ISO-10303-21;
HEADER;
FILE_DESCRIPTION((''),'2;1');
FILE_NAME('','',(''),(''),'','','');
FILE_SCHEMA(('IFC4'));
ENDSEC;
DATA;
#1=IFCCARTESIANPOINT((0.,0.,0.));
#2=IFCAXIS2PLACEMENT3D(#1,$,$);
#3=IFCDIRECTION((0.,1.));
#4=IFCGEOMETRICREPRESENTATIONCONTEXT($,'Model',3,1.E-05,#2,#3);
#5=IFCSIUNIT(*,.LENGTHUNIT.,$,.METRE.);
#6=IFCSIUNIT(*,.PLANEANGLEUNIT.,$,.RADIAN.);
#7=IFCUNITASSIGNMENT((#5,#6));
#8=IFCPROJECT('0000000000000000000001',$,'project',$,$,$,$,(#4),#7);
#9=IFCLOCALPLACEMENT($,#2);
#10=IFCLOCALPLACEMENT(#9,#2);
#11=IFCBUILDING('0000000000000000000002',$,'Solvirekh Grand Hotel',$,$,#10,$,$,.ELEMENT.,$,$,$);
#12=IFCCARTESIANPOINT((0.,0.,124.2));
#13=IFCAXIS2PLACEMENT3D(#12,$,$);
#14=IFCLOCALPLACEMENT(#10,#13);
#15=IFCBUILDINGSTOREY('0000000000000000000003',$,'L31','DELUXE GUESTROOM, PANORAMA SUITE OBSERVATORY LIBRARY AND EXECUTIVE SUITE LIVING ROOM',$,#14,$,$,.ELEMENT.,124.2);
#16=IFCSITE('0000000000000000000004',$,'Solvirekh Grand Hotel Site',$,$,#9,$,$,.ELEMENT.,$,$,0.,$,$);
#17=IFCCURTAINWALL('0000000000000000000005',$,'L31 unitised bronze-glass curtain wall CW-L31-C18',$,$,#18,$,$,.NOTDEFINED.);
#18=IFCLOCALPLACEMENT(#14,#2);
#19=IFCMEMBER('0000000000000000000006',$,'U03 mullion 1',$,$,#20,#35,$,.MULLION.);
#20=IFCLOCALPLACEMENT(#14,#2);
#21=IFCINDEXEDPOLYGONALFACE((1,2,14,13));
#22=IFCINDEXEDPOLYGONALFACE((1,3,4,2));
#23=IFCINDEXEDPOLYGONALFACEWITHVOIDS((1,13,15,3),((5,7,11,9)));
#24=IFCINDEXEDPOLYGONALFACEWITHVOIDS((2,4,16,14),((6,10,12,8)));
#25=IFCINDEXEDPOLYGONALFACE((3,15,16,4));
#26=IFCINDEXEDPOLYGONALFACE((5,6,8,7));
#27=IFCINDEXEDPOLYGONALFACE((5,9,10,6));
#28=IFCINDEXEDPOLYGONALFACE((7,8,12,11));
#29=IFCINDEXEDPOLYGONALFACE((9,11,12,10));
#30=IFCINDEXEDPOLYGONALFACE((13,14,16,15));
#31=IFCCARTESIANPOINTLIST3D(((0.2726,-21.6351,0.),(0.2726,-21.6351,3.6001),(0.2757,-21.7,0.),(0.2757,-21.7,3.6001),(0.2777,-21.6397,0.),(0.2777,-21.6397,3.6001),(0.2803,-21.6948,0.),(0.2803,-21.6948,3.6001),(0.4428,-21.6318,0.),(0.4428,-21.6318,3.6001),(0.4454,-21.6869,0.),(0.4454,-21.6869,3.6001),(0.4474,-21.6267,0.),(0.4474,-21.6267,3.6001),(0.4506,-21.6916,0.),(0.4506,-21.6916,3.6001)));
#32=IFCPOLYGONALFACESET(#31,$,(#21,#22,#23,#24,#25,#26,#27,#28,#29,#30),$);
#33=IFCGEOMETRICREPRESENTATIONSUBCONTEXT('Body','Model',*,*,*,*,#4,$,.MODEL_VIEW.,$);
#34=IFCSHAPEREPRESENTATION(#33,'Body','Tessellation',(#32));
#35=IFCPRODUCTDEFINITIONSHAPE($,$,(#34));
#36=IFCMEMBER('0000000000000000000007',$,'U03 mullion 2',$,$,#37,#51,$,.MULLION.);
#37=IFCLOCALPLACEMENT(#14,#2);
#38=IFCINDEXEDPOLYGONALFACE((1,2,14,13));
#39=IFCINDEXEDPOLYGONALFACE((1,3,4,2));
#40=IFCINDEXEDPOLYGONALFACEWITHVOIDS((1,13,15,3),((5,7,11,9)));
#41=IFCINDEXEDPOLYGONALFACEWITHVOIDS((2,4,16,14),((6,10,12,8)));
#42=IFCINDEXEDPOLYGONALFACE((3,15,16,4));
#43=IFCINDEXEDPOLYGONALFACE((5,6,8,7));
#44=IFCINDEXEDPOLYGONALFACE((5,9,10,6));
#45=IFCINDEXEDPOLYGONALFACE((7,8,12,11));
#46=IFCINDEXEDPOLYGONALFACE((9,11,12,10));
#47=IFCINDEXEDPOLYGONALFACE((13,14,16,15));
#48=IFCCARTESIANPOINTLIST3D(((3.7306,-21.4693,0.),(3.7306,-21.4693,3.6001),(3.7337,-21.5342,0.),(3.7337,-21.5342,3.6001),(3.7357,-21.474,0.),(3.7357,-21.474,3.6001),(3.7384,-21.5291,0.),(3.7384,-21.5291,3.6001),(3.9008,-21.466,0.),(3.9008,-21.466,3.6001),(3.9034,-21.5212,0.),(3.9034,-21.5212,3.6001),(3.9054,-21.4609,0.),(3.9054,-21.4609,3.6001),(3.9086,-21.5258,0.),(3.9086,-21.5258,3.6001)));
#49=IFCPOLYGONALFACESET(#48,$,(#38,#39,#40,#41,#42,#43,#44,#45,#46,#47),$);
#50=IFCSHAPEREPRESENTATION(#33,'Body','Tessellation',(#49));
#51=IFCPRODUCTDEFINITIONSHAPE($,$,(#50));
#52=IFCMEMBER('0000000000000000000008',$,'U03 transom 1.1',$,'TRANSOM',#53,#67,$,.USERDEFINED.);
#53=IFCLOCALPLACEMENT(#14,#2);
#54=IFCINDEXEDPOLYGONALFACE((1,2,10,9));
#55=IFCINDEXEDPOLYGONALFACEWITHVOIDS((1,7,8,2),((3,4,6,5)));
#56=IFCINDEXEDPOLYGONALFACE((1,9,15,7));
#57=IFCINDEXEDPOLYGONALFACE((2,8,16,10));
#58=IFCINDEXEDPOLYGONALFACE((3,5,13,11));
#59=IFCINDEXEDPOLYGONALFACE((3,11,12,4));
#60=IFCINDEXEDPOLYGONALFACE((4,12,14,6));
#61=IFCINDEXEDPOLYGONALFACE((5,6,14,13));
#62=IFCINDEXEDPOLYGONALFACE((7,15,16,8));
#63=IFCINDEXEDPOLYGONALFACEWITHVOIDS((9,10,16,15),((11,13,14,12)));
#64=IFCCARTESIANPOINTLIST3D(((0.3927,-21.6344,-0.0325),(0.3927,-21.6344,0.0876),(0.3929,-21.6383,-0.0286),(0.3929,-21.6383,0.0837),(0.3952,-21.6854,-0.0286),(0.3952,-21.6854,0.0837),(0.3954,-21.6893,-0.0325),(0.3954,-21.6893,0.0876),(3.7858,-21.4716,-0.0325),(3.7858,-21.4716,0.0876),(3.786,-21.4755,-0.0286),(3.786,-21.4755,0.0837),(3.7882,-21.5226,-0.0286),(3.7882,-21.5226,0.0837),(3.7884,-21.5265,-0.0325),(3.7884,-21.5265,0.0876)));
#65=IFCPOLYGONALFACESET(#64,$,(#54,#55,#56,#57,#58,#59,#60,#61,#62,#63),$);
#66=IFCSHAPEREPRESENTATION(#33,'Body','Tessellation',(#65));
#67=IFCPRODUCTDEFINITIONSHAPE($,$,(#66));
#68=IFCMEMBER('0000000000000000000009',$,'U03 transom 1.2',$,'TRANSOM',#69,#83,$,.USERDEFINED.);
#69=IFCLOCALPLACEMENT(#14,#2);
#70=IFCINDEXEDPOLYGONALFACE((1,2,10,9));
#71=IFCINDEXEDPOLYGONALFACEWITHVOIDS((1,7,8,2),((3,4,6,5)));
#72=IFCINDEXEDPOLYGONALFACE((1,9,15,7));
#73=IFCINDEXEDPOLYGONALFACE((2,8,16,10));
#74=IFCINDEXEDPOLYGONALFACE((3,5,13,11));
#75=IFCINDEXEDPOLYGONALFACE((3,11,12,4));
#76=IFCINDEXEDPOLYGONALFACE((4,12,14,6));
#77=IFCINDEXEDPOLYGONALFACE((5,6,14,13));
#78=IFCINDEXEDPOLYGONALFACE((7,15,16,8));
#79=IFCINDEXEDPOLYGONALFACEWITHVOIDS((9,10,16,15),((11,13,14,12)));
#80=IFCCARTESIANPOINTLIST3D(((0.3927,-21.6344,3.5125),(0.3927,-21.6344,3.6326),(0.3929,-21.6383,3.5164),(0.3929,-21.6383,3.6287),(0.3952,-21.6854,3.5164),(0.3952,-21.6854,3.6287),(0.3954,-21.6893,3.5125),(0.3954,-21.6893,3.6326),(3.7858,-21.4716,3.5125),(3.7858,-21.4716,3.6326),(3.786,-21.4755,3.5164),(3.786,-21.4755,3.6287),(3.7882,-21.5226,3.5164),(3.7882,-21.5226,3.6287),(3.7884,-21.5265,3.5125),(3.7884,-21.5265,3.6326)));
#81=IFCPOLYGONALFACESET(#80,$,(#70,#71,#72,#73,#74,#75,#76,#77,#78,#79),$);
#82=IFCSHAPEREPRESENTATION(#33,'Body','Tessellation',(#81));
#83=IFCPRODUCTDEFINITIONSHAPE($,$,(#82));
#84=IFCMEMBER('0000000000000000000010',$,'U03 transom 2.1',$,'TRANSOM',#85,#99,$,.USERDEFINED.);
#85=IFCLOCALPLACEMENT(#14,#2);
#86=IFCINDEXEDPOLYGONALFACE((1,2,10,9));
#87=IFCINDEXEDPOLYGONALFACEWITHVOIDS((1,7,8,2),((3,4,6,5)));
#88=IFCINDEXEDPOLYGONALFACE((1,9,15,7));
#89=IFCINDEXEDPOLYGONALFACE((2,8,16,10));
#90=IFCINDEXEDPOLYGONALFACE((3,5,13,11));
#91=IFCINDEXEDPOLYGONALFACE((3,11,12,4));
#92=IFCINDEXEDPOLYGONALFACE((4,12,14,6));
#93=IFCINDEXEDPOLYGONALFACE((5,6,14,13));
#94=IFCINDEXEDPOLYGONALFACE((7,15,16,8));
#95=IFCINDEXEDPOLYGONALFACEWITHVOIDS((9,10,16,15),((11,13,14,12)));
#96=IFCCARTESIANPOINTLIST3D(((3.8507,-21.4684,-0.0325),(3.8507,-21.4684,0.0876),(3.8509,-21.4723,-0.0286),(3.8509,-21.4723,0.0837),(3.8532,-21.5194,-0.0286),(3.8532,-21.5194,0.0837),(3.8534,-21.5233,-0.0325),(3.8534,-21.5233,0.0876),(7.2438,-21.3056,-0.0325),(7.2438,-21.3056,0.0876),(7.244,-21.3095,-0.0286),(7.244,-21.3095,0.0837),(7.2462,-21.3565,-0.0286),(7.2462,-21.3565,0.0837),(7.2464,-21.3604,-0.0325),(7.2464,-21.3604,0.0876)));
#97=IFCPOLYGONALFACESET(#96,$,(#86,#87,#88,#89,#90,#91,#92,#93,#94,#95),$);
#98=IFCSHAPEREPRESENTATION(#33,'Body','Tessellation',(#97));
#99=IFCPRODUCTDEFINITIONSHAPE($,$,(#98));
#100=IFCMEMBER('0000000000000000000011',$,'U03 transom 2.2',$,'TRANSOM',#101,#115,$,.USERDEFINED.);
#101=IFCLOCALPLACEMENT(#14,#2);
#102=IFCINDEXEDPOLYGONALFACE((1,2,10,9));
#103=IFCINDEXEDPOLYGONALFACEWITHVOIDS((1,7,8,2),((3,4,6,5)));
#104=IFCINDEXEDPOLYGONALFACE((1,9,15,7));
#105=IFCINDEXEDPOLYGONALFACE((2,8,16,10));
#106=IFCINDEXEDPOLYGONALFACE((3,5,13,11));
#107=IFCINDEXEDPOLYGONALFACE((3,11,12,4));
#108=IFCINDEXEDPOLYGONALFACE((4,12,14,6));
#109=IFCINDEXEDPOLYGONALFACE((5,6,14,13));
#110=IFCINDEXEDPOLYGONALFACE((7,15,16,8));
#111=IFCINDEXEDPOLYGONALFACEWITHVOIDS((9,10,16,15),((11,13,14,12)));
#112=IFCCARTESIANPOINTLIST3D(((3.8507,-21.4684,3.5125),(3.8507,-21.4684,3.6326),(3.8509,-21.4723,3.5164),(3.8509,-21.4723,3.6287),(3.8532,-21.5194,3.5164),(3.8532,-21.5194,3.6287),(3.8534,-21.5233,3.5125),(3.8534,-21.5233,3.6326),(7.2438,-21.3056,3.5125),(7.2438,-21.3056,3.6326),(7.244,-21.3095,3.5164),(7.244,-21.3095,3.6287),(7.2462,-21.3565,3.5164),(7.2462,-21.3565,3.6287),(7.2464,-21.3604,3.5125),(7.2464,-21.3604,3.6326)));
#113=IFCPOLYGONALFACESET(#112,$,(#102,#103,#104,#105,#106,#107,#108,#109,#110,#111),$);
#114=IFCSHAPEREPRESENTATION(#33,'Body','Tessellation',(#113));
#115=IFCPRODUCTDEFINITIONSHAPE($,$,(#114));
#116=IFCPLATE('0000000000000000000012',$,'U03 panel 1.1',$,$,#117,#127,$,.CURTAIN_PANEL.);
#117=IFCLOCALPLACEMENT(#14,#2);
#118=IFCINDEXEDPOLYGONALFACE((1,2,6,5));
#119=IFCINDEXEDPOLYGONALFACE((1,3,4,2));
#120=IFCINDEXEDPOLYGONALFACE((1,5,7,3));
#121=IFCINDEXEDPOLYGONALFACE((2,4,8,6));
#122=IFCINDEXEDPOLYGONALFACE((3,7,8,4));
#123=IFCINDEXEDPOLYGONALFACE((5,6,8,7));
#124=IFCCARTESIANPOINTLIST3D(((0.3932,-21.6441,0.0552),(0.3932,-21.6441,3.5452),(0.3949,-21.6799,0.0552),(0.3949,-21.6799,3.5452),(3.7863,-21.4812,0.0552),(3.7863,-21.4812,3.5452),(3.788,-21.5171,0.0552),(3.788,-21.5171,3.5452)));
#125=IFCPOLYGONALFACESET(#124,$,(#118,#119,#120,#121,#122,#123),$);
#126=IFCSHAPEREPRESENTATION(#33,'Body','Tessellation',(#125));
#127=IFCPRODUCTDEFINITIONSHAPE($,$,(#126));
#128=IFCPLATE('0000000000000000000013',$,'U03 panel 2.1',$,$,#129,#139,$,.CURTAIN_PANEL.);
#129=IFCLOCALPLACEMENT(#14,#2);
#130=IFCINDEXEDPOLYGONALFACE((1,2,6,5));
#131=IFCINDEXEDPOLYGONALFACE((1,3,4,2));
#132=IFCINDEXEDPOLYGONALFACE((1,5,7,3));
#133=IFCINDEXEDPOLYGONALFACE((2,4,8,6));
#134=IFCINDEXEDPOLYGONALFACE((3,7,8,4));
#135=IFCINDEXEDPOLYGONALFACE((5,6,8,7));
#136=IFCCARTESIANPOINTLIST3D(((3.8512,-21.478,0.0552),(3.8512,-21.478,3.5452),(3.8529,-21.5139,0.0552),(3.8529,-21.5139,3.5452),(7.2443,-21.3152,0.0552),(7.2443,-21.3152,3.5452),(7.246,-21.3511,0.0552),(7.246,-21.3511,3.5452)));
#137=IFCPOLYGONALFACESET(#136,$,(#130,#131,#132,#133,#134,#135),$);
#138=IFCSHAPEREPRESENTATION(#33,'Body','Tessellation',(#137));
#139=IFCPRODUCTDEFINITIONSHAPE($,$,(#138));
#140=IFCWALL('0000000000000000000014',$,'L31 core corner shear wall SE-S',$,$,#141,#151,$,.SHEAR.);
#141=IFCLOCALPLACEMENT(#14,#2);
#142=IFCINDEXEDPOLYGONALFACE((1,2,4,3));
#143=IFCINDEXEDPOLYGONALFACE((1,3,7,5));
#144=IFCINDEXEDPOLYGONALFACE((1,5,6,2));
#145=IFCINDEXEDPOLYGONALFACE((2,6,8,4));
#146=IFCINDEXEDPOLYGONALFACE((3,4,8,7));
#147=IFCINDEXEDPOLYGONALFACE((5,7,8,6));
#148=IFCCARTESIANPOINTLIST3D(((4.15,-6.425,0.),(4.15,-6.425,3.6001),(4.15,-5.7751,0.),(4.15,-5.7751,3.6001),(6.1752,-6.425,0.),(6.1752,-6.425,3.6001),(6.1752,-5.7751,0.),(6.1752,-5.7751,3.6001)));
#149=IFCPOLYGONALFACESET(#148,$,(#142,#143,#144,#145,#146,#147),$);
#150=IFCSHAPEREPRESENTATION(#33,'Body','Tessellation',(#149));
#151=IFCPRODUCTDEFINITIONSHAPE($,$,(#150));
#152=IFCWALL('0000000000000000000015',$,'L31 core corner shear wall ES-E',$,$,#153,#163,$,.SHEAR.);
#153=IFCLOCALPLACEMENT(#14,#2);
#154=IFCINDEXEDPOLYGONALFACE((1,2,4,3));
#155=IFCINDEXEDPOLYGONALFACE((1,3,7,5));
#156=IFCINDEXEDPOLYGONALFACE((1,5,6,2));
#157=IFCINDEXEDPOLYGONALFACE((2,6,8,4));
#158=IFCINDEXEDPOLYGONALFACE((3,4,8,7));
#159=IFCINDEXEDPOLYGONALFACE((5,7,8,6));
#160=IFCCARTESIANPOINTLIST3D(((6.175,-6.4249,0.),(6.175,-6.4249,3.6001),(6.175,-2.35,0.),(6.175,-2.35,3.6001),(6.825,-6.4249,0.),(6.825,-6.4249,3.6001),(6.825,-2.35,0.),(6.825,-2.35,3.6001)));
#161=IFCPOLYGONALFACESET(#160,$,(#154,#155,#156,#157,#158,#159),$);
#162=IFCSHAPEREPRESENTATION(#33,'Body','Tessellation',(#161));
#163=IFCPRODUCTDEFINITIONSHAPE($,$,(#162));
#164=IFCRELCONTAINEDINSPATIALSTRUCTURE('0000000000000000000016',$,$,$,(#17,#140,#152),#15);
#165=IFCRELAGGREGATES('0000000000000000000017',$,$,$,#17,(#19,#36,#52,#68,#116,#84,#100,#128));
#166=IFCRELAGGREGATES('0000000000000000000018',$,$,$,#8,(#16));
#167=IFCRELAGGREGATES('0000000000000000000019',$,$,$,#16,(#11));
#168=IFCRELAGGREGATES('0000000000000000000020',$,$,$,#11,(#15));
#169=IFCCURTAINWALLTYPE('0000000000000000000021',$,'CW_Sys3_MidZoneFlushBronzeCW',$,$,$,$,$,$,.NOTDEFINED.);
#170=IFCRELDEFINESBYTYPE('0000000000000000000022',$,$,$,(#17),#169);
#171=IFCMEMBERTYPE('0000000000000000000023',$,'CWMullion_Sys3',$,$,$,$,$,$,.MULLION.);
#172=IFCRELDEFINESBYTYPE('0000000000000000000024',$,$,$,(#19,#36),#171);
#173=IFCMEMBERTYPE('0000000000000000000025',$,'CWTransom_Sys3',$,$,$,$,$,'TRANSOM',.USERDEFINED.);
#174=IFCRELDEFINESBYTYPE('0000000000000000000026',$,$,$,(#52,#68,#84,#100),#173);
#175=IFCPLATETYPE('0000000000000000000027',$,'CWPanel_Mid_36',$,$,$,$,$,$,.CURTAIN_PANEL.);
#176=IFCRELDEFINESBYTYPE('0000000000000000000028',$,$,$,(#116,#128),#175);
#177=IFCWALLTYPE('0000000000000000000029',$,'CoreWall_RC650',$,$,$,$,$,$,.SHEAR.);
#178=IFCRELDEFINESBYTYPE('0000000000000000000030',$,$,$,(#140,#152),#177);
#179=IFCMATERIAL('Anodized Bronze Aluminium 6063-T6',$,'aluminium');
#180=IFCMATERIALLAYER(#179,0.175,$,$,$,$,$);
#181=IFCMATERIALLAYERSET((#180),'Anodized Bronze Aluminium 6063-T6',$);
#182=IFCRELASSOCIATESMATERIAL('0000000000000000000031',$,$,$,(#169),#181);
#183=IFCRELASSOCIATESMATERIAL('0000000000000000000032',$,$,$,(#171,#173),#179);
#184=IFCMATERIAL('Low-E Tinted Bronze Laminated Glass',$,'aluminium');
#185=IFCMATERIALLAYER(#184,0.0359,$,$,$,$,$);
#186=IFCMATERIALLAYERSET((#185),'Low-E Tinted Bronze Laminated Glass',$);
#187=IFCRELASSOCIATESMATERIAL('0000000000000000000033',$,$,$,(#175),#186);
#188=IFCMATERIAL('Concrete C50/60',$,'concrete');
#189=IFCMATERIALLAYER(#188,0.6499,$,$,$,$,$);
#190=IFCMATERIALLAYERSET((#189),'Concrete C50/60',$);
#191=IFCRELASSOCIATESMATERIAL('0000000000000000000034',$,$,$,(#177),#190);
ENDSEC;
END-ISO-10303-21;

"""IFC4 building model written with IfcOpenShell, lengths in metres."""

from ifc_helpers import new_model, si_unit, direction, frame, frame_2d, origin, origin_2d, place, context, subcontext, project, spatial, rectangle, hollow_rectangle, extrude, source, transform, mapped, material, layer, layer_set, material_profile, profile_set, type_object, element, aggregate, save


model = new_model("IFC4")

# Units and contexts
model_context = context("Model", 3, precision=1e-05, world=origin(), true_north=direction((0.0, 1.0)))
body_context = subcontext(model_context, "Body", "Model", "MODEL_VIEW")
ifc_project = project(units=[si_unit("LENGTHUNIT", "METRE"), si_unit("PLANEANGLEUNIT", "RADIAN")], contexts=[model_context])

# Site, building, storey
site_placement = place(None, origin())
site = spatial("IfcSite", under=ifc_project, at=site_placement, Name="Solvirekh Grand Hotel Site", CompositionType="ELEMENT", RefElevation=0.0)
building_placement = place(site_placement, origin())
building = spatial("IfcBuilding", under=site, at=building_placement, Name="Solvirekh Grand Hotel", CompositionType="ELEMENT")
storey_placement = place(building_placement, frame((0.0, 0.0, 124.2)))
storey = spatial("IfcBuildingStorey", under=building, at=storey_placement, Name="L31", Description="DELUXE GUESTROOM, PANORAMA SUITE OBSERVATORY LIBRARY AND EXECUTIVE SUITE LIVING ROOM", CompositionType="ELEMENT", Elevation=124.2)

# Curtain wall, members, plates
ifc_material_1 = material(Name="Anodized Bronze Aluminium 6063-T6", Category="aluminium")
ifc_layer_1 = layer(ifc_material_1, 0.175)
ifc_layer_set_1 = layer_set([ifc_layer_1], Name="Anodized Bronze Aluminium 6063-T6")
curtain_wall_type = type_object("IfcCurtainWallType", Name="CW_Sys3_MidZoneFlushBronzeCW", PredefinedType="NOTDEFINED", material=ifc_layer_set_1)
curtain_wall_placement = place(storey_placement, origin())
curtain_wall = element("IfcCurtainWall", 1, at=curtain_wall_placement, inside=storey, type_object=curtain_wall_type, Name="L31 unitised bronze-glass curtain wall CW-L31-C18", PredefinedType="NOTDEFINED")
ifc_material_profile_1 = material_profile(ifc_material_1, hollow_rectangle(XDim=0.0649, YDim=0.175, WallThickness=0.0049, at=origin_2d()), Name="ALU RHS 175X65X5")
ifc_profile_set_1 = profile_set([ifc_material_profile_1], Name="Anodized Bronze Aluminium 6063-T6")
member_type_1 = type_object("IfcMemberType", Name="CWMullion_Sys3", PredefinedType="MULLION", material=ifc_profile_set_1)
shared_shape_1 = source(origin(), body_context, "Body", "SweptSolid", [
    extrude(hollow_rectangle(XDim=0.0649, YDim=0.175, WallThickness=0.0049, at=origin_2d()), origin(), (0.0, 0.0, 1.0), 3.6001),
])
member_1_placement = place(storey_placement, frame((0.3616, -21.6633, 0.0), z_axis=(0.0, 0.0, 1.0), x_axis=(-0.047932, 0.998851, 0.0)))
member_1 = element("IfcMember", 2, at=member_1_placement, type_object=member_type_1, Name="U03 mullion 1", PredefinedType="MULLION", context=body_context, shape_type="MappedRepresentation", body=[
    mapped(shared_shape_1, transform((0.0, 0.0, 0.0), x_axis=(1.0, 0.0, 0.0), y_axis=(0.0, 1.0, 0.0), z_axis=(0.0, 0.0, 1.0), scale=1.0)),
])
member_2_placement = place(storey_placement, frame((3.8196, -21.4976, 0.0), z_axis=(0.0, 0.0, 1.0), x_axis=(-0.047932, 0.998851, 0.0)))
member_2 = element("IfcMember", 3, at=member_2_placement, type_object=member_type_1, Name="U03 mullion 2", PredefinedType="MULLION", context=body_context, shape_type="MappedRepresentation", body=[
    mapped(shared_shape_1, transform((0.0, 0.0, 0.0), x_axis=(1.0, 0.0, 0.0), y_axis=(0.0, 1.0, 0.0), z_axis=(0.0, 0.0, 1.0), scale=1.0)),
])
ifc_material_profile_2 = material_profile(ifc_material_1, hollow_rectangle(XDim=0.0549, YDim=0.1201, WallThickness=0.0039, at=origin_2d()), Name="ALU RHS 120X55X4")
ifc_profile_set_2 = profile_set([ifc_material_profile_2], Name="Anodized Bronze Aluminium 6063-T6")
member_type_2 = type_object("IfcMemberType", Name="CWTransom_Sys3", ElementType="TRANSOM", PredefinedType="USERDEFINED", material=ifc_profile_set_2)
shared_shape_2 = source(origin(), body_context, "Body", "SweptSolid", [
    extrude(hollow_rectangle(XDim=0.0549, YDim=0.1201, WallThickness=0.0039, at=origin_2d()), origin(), (0.0, 0.0, 1.0), 3.397),
])
member_3_placement = place(storey_placement, frame((0.394, -21.6619, 0.0276), z_axis=(0.99885, 0.047937, 0.0), x_axis=(-0.047937, 0.99885, 0.0)))
member_3 = element("IfcMember", 4, at=member_3_placement, type_object=member_type_2, Name="U03 transom 1.1", ObjectType="TRANSOM", PredefinedType="USERDEFINED", context=body_context, shape_type="MappedRepresentation", body=[
    mapped(shared_shape_2, transform((0.0, 0.0, 0.0), x_axis=(1.0, 0.0, 0.0), y_axis=(0.0, 1.0, 0.0), z_axis=(0.0, 0.0, 1.0), scale=1.0)),
])
member_4_placement = place(storey_placement, frame((0.394, -21.6619, 3.5725), z_axis=(0.99885, 0.047937, 0.0), x_axis=(-0.047937, 0.99885, 0.0)))
member_4 = element("IfcMember", 5, at=member_4_placement, type_object=member_type_2, Name="U03 transom 1.2", ObjectType="TRANSOM", PredefinedType="USERDEFINED", context=body_context, shape_type="MappedRepresentation", body=[
    mapped(shared_shape_2, transform((0.0, 0.0, 0.0), x_axis=(1.0, 0.0, 0.0), y_axis=(0.0, 1.0, 0.0), z_axis=(0.0, 0.0, 1.0), scale=1.0)),
])
member_5_placement = place(storey_placement, frame((3.8521, -21.4958, 0.0276), z_axis=(0.99885, 0.047937, 0.0), x_axis=(-0.047937, 0.99885, 0.0)))
member_5 = element("IfcMember", 6, at=member_5_placement, type_object=member_type_2, Name="U03 transom 2.1", ObjectType="TRANSOM", PredefinedType="USERDEFINED", context=body_context, shape_type="MappedRepresentation", body=[
    mapped(shared_shape_2, transform((0.0, 0.0, 0.0), x_axis=(1.0, 0.0, 0.0), y_axis=(0.0, 1.0, 0.0), z_axis=(0.0, 0.0, 1.0), scale=1.0)),
])
member_6_placement = place(storey_placement, frame((3.8521, -21.4958, 3.5725), z_axis=(0.99885, 0.047937, 0.0), x_axis=(-0.047937, 0.99885, 0.0)))
member_6 = element("IfcMember", 7, at=member_6_placement, type_object=member_type_2, Name="U03 transom 2.2", ObjectType="TRANSOM", PredefinedType="USERDEFINED", context=body_context, shape_type="MappedRepresentation", body=[
    mapped(shared_shape_2, transform((0.0, 0.0, 0.0), x_axis=(1.0, 0.0, 0.0), y_axis=(0.0, 1.0, 0.0), z_axis=(0.0, 0.0, 1.0), scale=1.0)),
])
ifc_material_2 = material(Name="Low-E Tinted Bronze Laminated Glass", Category="aluminium")
ifc_layer_2 = layer(ifc_material_2, 0.0359)
ifc_layer_set_2 = layer_set([ifc_layer_2], Name="Low-E Tinted Bronze Laminated Glass")
plate_type = type_object("IfcPlateType", Name="CWPanel_Mid_36", PredefinedType="CURTAIN_PANEL", material=ifc_layer_set_2)
shared_shape_3 = source(origin(), body_context, "Body", "SweptSolid", [
    extrude(rectangle(XDim=3.397, YDim=0.0359, at=origin_2d()), origin(), (0.0, 0.0, 1.0), 3.49),
])
plate_1_placement = place(storey_placement, frame((2.0906, -21.5806, 0.0552), z_axis=(0.0, 0.0, 1.0), x_axis=(0.998851, 0.047932, 0.0)))
plate_1 = element("IfcPlate", 8, at=plate_1_placement, type_object=plate_type, Name="U03 panel 1.1", PredefinedType="CURTAIN_PANEL", context=body_context, shape_type="MappedRepresentation", body=[
    mapped(shared_shape_3, transform((0.0, 0.0, 0.0), x_axis=(1.0, 0.0, 0.0), y_axis=(0.0, 1.0, 0.0), z_axis=(0.0, 0.0, 1.0), scale=1.0)),
])
plate_2_placement = place(storey_placement, frame((5.5486, -21.4146, 0.0552), z_axis=(0.0, 0.0, 1.0), x_axis=(0.998851, 0.047932, 0.0)))
plate_2 = element("IfcPlate", 9, at=plate_2_placement, type_object=plate_type, Name="U03 panel 2.1", PredefinedType="CURTAIN_PANEL", context=body_context, shape_type="MappedRepresentation", body=[
    mapped(shared_shape_3, transform((0.0, 0.0, 0.0), x_axis=(1.0, 0.0, 0.0), y_axis=(0.0, 1.0, 0.0), z_axis=(0.0, 0.0, 1.0), scale=1.0)),
])
aggregate(curtain_wall, [member_1, member_2, member_3, member_4, plate_1, member_5, member_6, plate_2])

# Walls
ifc_material_3 = material(Name="Concrete C50/60", Category="concrete")
ifc_layer_3 = layer(ifc_material_3, 0.6499)
ifc_layer_set_3 = layer_set([ifc_layer_3], Name="Concrete C50/60")
wall_type_1 = type_object("IfcWallType", Name="CoreWall_RC650", PredefinedType="SHEAR", material=ifc_layer_set_3)
wall_1_placement = place(storey_placement, frame((4.1499, -6.1001, 0.0), z_axis=(0.0, 0.0, 1.0), x_axis=(1.0, 0.0, 0.0)))
element("IfcWall", 10, at=wall_1_placement, inside=storey, type_object=wall_type_1, Name="L31 core corner shear wall SE-S", PredefinedType="SHEAR", context=body_context, shape_type="SweptSolid", body=[
    extrude(rectangle(XDim=2.0251, YDim=0.6499, at=frame_2d((1.0127, 0.0))), origin(), (0.0, 0.0, 1.0), 3.6001),
])
wall_2_placement = place(storey_placement, frame((6.5, -6.425, 0.0), z_axis=(0.0, 0.0, 1.0), x_axis=(0.0, 1.0, 0.0)))
element("IfcWall", 11, at=wall_2_placement, inside=storey, type_object=wall_type_1, Name="L31 core corner shear wall ES-E", PredefinedType="SHEAR", context=body_context, shape_type="SweptSolid", body=[
    extrude(rectangle(XDim=4.075, YDim=0.6499, at=frame_2d((2.0376, 0.0))), origin(), (0.0, 0.0, 1.0), 3.6001),
])

save(model, "model.ifc")
